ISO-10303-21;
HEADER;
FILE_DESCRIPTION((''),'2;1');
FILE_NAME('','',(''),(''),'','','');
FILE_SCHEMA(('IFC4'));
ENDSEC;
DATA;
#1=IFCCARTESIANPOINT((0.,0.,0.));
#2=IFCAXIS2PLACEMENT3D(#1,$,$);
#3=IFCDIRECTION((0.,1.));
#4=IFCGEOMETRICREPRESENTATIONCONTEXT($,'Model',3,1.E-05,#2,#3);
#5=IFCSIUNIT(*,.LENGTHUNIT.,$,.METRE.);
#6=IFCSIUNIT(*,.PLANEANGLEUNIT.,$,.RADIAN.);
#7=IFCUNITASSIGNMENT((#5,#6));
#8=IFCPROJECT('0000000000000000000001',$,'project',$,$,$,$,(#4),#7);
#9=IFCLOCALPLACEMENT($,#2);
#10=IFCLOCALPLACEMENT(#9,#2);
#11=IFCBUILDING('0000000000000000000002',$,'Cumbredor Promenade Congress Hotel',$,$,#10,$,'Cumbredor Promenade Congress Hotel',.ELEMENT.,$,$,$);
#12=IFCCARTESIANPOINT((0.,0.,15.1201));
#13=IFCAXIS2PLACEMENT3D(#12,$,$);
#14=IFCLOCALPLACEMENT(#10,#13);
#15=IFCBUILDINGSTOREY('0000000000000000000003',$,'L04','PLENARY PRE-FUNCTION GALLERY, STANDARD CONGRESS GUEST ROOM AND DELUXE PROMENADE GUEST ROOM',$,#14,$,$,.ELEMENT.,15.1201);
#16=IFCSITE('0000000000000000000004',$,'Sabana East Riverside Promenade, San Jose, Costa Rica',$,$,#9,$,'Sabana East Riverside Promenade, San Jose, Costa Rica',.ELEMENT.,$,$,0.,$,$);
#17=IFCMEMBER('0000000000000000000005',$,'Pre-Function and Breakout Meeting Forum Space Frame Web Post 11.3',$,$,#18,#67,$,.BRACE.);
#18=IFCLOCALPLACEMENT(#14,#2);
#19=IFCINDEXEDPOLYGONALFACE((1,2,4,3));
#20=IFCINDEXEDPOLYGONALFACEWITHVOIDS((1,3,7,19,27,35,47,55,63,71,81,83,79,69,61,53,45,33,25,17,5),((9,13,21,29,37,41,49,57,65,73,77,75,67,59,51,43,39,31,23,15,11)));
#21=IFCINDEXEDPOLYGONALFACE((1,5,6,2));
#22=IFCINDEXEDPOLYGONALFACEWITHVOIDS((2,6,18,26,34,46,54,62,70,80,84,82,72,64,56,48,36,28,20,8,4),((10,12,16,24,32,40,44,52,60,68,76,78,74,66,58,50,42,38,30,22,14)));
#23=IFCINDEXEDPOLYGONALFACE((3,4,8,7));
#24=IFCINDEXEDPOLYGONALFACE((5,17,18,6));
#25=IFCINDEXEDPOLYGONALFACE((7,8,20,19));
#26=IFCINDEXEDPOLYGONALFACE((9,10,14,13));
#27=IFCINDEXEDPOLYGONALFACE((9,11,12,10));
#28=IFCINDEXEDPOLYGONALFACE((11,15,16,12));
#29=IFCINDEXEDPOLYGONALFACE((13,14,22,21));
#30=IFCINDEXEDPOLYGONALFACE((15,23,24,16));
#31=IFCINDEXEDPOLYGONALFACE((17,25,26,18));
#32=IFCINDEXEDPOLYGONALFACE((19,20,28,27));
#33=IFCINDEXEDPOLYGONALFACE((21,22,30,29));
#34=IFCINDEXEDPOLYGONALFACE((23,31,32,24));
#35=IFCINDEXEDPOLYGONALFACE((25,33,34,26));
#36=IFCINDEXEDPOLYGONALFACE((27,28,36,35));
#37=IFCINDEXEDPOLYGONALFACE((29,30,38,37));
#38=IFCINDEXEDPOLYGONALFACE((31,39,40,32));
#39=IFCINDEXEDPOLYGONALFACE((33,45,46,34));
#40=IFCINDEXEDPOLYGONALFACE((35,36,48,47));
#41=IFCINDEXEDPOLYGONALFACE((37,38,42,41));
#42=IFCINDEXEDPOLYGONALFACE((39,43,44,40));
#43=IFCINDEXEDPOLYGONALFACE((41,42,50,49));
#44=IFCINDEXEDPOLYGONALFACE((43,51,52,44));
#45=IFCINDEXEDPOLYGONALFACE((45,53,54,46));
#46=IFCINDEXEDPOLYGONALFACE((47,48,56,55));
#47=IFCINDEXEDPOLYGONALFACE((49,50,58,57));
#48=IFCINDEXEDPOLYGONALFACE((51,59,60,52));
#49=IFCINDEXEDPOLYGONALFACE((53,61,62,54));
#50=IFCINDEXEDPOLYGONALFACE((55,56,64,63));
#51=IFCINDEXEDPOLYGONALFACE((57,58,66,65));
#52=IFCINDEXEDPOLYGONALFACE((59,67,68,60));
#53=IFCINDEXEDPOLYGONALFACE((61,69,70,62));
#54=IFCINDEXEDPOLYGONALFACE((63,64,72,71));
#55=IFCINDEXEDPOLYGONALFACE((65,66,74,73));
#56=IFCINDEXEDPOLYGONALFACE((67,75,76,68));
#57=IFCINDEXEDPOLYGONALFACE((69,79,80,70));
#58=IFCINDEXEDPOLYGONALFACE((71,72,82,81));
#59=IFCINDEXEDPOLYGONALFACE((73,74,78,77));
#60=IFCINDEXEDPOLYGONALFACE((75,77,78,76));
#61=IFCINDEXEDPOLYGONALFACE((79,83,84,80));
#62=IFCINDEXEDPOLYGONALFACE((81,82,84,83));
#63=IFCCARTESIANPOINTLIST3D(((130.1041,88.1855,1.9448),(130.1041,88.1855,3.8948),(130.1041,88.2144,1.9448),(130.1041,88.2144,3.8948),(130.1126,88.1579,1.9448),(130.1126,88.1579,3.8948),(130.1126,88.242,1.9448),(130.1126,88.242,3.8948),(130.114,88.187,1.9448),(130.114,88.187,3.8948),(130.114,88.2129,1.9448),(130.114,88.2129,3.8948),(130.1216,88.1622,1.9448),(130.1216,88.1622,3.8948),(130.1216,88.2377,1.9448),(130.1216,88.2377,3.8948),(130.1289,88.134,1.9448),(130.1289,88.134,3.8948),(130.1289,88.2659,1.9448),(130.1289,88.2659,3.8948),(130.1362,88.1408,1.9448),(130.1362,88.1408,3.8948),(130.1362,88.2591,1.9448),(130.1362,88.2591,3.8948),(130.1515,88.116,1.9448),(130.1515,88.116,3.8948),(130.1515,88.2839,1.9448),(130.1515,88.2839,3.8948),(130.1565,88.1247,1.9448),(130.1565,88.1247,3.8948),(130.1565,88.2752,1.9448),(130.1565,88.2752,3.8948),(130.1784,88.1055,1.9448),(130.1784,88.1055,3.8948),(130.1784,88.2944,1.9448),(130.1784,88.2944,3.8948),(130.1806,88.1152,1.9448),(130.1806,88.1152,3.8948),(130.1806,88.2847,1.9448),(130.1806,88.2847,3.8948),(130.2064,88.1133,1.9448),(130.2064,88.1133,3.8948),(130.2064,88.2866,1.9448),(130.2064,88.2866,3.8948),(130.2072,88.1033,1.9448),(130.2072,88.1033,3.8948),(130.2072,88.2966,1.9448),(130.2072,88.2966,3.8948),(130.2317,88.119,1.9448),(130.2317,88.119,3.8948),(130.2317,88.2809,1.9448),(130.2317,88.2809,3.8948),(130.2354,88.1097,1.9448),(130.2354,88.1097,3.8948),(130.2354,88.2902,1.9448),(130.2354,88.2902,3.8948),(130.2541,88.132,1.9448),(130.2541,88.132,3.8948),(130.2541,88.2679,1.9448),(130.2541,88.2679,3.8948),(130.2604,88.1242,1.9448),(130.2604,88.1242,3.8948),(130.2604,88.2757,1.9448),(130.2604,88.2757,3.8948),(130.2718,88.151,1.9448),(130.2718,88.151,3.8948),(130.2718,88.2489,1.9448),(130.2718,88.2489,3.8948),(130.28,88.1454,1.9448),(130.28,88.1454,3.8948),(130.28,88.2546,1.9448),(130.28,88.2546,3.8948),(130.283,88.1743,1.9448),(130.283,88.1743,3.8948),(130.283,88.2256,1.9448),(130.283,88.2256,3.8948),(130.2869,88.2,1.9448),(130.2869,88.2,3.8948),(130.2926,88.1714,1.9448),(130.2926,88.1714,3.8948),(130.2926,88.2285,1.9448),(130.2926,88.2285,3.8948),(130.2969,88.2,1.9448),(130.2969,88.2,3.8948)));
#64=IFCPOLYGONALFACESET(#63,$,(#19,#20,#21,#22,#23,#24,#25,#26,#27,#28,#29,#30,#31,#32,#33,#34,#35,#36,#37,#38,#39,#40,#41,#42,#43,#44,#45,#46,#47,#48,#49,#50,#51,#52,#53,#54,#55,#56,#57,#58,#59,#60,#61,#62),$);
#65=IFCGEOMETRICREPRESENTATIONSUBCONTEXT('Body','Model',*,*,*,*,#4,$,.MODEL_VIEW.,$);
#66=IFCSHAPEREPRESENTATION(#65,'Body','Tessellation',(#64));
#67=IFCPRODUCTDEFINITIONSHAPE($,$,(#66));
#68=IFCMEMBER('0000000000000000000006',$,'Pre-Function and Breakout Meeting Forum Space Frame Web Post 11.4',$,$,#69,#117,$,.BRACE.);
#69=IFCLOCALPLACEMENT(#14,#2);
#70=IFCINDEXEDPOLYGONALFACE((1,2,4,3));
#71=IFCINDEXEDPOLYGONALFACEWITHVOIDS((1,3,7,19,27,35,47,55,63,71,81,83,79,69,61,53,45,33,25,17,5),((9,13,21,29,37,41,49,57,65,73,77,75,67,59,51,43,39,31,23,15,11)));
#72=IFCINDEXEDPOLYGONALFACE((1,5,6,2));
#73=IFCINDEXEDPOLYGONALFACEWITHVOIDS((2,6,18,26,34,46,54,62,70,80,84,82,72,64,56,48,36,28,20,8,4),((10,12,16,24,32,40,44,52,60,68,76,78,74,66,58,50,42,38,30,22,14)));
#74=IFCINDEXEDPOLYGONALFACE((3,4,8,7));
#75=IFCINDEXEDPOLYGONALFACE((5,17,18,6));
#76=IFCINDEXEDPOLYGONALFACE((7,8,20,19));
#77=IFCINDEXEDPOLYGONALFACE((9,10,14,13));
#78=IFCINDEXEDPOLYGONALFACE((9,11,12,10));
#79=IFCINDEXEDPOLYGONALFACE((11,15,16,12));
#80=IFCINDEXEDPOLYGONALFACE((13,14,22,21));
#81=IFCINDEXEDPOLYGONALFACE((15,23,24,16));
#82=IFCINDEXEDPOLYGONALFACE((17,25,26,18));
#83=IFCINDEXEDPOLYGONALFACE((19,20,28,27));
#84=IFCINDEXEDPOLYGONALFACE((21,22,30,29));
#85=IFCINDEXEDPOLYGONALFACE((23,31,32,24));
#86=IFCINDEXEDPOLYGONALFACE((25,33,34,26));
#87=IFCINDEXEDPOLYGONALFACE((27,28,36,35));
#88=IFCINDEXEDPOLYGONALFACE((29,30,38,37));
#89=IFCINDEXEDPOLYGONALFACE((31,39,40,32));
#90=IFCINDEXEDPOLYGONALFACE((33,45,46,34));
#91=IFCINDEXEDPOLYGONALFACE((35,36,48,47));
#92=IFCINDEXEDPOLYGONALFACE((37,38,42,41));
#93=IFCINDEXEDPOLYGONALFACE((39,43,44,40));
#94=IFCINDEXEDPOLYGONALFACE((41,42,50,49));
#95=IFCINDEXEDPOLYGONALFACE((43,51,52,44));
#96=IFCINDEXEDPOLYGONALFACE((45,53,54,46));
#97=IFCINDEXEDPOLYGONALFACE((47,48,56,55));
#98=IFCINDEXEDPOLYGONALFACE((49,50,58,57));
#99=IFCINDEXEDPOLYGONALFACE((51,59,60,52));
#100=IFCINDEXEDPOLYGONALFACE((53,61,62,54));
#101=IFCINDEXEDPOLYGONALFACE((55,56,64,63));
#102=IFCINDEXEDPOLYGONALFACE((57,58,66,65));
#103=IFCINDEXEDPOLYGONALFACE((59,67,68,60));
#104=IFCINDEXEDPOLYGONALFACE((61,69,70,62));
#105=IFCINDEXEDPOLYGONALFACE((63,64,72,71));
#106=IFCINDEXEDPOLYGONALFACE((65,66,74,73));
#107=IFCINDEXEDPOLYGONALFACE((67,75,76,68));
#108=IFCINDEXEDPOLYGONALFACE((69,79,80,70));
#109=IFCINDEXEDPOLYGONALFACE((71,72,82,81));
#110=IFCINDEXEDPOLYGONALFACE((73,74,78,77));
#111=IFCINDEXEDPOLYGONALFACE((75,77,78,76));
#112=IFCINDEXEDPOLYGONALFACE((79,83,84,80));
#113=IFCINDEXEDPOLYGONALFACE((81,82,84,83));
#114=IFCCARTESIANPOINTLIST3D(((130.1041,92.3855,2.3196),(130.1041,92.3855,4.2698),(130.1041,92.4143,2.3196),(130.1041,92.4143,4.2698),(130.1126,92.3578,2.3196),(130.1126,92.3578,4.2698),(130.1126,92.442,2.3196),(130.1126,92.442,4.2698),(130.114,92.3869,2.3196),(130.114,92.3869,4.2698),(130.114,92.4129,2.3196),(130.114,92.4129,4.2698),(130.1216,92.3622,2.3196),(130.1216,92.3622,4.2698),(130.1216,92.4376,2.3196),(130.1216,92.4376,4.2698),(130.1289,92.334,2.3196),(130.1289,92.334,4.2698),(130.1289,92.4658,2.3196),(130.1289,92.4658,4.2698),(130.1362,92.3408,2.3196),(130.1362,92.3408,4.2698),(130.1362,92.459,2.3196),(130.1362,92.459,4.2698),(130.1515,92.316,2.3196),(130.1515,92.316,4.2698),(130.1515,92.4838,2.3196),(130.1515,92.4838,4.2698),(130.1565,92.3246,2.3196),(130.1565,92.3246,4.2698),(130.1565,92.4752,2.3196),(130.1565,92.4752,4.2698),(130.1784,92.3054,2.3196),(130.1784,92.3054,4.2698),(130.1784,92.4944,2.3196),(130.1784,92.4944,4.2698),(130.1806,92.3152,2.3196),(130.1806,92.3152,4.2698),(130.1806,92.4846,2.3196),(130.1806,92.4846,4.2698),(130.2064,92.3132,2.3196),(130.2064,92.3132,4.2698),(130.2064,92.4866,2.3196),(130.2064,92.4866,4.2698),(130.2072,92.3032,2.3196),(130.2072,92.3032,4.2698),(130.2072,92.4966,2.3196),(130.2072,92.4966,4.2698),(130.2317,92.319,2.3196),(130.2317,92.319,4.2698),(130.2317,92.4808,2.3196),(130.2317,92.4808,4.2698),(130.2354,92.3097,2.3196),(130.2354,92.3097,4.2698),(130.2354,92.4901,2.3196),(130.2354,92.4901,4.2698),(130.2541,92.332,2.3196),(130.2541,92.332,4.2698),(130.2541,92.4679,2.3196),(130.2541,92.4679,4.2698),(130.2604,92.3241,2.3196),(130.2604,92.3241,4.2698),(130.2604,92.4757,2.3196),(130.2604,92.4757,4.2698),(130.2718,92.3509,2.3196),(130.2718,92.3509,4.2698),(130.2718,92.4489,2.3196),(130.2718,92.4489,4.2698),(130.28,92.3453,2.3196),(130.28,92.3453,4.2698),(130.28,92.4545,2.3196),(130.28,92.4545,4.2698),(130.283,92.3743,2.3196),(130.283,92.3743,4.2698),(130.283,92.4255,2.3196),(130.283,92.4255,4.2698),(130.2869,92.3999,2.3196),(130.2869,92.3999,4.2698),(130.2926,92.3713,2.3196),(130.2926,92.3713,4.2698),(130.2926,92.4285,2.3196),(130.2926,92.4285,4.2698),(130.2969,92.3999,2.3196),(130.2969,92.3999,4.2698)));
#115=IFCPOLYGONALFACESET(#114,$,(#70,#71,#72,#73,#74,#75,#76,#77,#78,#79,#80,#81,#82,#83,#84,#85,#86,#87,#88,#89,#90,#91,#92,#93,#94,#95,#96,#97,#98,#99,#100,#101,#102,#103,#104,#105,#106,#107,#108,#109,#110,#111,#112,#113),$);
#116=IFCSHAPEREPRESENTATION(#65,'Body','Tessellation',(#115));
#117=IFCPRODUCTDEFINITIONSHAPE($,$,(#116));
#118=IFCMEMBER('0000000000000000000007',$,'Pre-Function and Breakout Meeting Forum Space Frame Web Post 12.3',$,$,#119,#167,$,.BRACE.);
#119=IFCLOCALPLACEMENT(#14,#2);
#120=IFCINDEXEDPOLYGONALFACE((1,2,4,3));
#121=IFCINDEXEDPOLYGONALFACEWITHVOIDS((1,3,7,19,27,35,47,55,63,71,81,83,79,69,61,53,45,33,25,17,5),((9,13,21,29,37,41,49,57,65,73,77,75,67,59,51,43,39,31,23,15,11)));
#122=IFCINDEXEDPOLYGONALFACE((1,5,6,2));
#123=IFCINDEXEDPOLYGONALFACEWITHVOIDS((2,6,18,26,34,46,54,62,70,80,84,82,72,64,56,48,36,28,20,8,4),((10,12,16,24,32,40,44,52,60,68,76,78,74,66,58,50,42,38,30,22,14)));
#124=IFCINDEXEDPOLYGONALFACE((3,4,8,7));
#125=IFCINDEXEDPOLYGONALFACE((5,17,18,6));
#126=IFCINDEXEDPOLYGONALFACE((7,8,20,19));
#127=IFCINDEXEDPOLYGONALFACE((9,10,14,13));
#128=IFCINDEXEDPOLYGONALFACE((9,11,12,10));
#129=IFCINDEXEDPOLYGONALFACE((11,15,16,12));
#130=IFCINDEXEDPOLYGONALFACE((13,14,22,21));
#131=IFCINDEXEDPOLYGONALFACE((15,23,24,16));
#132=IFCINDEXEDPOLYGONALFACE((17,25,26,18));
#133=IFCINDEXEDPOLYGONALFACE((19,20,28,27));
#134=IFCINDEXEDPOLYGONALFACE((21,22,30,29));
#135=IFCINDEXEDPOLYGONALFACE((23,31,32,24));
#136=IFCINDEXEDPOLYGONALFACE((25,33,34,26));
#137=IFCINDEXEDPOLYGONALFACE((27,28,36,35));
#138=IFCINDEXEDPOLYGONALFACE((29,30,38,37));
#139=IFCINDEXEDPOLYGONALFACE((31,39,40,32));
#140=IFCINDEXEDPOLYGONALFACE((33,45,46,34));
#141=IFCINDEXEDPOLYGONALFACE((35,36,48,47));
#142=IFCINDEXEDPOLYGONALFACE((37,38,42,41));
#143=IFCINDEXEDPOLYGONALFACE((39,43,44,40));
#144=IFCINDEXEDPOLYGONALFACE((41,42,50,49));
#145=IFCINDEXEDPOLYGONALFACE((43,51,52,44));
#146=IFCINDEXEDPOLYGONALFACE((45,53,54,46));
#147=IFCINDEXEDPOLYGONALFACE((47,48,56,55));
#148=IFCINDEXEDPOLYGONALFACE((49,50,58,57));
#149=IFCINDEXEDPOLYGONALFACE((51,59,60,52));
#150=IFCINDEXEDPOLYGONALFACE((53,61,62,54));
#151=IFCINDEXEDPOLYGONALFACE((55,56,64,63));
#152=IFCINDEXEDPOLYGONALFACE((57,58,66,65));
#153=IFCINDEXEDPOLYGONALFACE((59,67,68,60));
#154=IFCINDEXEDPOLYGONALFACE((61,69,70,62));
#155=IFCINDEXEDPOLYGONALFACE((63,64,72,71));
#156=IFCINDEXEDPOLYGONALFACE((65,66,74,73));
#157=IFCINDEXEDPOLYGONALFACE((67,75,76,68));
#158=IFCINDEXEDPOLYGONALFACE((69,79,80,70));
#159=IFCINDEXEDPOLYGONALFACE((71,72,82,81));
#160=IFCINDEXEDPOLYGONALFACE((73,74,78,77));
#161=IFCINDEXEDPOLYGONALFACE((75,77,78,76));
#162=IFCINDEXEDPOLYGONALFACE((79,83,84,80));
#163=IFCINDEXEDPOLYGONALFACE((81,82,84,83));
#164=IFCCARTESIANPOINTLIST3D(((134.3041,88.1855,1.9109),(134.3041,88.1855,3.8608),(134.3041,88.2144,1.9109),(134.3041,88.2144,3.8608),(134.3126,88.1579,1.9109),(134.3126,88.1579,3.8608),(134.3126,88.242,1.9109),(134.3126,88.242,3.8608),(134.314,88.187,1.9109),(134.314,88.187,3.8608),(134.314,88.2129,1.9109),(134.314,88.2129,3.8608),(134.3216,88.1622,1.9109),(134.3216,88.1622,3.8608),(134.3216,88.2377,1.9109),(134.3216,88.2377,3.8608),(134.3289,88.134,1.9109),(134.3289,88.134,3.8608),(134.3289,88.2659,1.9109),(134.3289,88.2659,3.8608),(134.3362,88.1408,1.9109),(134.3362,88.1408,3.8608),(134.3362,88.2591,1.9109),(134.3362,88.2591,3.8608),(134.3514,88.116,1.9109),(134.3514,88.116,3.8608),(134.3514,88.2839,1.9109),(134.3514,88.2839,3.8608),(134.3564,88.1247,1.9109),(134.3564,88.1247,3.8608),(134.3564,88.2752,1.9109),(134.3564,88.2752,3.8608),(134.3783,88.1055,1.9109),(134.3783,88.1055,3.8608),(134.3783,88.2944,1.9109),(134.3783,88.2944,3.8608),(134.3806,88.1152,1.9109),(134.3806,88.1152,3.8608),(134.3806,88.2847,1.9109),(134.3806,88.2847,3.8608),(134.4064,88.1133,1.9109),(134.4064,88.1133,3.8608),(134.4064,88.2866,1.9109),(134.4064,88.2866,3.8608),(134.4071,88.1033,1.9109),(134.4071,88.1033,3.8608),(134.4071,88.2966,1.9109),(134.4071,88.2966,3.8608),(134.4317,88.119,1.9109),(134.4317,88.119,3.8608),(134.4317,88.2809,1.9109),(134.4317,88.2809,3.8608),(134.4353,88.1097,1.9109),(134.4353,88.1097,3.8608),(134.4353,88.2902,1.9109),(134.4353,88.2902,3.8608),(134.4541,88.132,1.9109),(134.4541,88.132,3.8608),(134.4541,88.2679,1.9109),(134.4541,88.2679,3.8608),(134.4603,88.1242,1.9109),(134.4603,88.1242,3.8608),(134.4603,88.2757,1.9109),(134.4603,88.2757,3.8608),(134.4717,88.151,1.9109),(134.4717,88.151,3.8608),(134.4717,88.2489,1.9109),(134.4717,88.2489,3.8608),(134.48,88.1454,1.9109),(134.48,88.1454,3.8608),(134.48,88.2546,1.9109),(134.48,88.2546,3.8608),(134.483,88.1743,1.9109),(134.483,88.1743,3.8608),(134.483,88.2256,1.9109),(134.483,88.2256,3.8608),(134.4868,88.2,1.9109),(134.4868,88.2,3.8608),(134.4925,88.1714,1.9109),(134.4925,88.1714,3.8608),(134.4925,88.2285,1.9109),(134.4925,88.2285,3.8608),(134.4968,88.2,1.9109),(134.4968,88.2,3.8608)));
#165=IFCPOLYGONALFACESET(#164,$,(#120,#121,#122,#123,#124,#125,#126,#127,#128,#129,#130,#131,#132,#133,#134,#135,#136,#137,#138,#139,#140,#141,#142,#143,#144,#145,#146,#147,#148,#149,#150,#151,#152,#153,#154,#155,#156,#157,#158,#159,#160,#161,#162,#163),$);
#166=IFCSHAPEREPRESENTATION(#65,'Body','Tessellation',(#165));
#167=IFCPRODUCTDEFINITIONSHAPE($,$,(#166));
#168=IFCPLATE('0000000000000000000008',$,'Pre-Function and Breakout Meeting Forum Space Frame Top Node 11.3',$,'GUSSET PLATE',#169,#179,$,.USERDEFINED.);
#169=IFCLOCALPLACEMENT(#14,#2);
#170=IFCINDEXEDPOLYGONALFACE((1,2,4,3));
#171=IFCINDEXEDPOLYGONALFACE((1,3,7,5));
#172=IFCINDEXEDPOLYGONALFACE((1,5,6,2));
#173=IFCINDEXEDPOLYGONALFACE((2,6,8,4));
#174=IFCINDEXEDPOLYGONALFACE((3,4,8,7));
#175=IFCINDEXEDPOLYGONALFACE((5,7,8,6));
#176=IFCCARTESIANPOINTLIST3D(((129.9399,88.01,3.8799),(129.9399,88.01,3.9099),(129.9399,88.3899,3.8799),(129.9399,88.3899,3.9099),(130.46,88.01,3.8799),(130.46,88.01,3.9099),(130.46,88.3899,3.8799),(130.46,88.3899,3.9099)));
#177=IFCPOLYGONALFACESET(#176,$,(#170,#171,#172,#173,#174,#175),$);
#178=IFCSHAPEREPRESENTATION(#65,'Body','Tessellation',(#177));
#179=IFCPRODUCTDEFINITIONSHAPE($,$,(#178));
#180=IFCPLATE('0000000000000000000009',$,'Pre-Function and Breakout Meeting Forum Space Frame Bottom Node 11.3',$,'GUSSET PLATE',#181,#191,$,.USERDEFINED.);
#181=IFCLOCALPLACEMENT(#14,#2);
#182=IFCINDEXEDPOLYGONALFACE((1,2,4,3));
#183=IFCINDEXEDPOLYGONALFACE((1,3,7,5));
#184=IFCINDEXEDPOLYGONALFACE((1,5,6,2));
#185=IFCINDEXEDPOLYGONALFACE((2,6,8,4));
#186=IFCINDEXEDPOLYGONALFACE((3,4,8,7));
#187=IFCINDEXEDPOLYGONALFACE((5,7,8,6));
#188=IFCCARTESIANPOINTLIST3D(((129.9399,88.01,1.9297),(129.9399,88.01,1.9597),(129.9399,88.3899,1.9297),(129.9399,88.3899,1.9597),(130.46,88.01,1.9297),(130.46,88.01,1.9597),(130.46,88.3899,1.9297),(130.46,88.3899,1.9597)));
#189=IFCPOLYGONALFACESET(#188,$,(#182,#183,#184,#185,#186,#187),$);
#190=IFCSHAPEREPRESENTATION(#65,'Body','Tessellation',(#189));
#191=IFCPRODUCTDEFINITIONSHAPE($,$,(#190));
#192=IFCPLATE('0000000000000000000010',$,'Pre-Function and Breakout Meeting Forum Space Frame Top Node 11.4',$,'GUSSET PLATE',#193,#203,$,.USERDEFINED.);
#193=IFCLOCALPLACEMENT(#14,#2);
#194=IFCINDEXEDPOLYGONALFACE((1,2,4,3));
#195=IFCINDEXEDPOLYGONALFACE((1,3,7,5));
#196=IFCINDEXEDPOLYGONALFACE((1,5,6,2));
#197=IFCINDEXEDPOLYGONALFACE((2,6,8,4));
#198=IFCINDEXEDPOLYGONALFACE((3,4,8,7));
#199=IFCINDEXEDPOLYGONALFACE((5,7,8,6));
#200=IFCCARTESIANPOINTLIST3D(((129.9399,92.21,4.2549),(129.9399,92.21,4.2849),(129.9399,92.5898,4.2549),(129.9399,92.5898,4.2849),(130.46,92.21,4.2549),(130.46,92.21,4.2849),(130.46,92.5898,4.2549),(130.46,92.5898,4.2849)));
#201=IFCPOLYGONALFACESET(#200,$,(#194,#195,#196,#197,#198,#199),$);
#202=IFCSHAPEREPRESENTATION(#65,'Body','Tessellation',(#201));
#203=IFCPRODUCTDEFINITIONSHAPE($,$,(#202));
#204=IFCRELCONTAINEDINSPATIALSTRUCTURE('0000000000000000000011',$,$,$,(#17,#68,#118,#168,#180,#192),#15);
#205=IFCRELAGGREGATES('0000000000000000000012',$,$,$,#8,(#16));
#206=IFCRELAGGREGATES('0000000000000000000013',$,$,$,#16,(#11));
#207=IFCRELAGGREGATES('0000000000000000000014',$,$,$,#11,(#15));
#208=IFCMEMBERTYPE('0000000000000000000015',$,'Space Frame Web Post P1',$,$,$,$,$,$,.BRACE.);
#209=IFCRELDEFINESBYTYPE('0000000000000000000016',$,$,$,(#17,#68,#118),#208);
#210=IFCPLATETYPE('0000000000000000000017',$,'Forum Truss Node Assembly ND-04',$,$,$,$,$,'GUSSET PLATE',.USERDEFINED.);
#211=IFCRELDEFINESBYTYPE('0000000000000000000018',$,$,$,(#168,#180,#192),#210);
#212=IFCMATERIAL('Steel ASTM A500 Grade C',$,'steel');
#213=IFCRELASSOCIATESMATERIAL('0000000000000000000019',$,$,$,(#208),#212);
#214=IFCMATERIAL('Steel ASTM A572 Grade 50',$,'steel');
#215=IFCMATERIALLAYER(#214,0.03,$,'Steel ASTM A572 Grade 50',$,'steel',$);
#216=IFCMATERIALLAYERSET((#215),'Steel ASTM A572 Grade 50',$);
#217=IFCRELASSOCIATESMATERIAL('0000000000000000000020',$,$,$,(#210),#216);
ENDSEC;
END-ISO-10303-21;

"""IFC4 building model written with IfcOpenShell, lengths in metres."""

from ifc_helpers import new_model, si_unit, direction, frame, origin, origin_2d, place, context, subcontext, project, spatial, rectangle, hollow_circle, extrude, material, layer, layer_set, material_profile, profile_set, type_object, element, save


model = new_model("IFC4")

# Units and contexts
model_context = context("Model", 3, precision=1e-05, world=origin(), true_north=direction((0.0, 1.0)))
body_context = subcontext(model_context, "Body", "Model", "MODEL_VIEW")
ifc_project = project(units=[si_unit("LENGTHUNIT", "METRE"), si_unit("PLANEANGLEUNIT", "RADIAN")], contexts=[model_context])

# Site, building, storey
site_placement = place(None, origin())
site = spatial("IfcSite", under=ifc_project, at=site_placement, Name="Sabana East Riverside Promenade, San Jose, Costa Rica", LongName="Sabana East Riverside Promenade, San Jose, Costa Rica", CompositionType="ELEMENT", RefElevation=0.0)
building_placement = place(site_placement, origin())
building = spatial("IfcBuilding", under=site, at=building_placement, Name="Cumbredor Promenade Congress Hotel", LongName="Cumbredor Promenade Congress Hotel", CompositionType="ELEMENT")
storey_placement = place(building_placement, frame((0.0, 0.0, 15.1201)))
storey = spatial("IfcBuildingStorey", under=building, at=storey_placement, Name="L04", Description="PLENARY PRE-FUNCTION GALLERY, STANDARD CONGRESS GUEST ROOM AND DELUXE PROMENADE GUEST ROOM", CompositionType="ELEMENT", Elevation=15.1201)

# Members
ifc_material_1 = material(Name="Steel ASTM A500 Grade C", Category="steel")
ifc_material_profile_1 = material_profile(ifc_material_1, hollow_circle(Radius=0.0969, WallThickness=0.01, at=origin_2d()), Name="CHS 193.7x10")
ifc_profile_set_1 = profile_set([ifc_material_profile_1], Name="Steel ASTM A500 Grade C")
member_type_1 = type_object("IfcMemberType", Name="Space Frame Web Post P1", PredefinedType="BRACE", material=ifc_profile_set_1)
member_1_placement = place(storey_placement, frame((130.2, 88.2, 1.9448), z_axis=(0.0, 0.0, 1.0), x_axis=(1.0, 0.0, 0.0)))
element("IfcMember", 1, at=member_1_placement, inside=storey, type_object=member_type_1, Name="Pre-Function and Breakout Meeting Forum Space Frame Web Post 11.3", PredefinedType="BRACE", context=body_context, shape_type="SweptSolid", body=[
    extrude(hollow_circle(Radius=0.0969, WallThickness=0.01, at=origin_2d()), origin(), (0.0, 0.0, 1.0), 1.95),
])
member_2_placement = place(storey_placement, frame((130.2, 92.3999, 2.3196), z_axis=(0.0, 0.0, 1.0), x_axis=(1.0, 0.0, 0.0)))
element("IfcMember", 2, at=member_2_placement, inside=storey, type_object=member_type_1, Name="Pre-Function and Breakout Meeting Forum Space Frame Web Post 11.4", PredefinedType="BRACE", context=body_context, shape_type="SweptSolid", body=[
    extrude(hollow_circle(Radius=0.0969, WallThickness=0.01, at=origin_2d()), origin(), (0.0, 0.0, 1.0), 1.9502),
])
member_3_placement = place(storey_placement, frame((134.3999, 88.2, 1.9109), z_axis=(0.0, 0.0, 1.0), x_axis=(1.0, 0.0, 0.0)))
element("IfcMember", 3, at=member_3_placement, inside=storey, type_object=member_type_1, Name="Pre-Function and Breakout Meeting Forum Space Frame Web Post 12.3", PredefinedType="BRACE", context=body_context, shape_type="SweptSolid", body=[
    extrude(hollow_circle(Radius=0.0969, WallThickness=0.01, at=origin_2d()), origin(), (0.0, 0.0, 1.0), 1.95),
])

# Plates
ifc_material_2 = material(Name="Steel ASTM A572 Grade 50", Category="steel")
ifc_layer = layer(ifc_material_2, 0.03, Name="Steel ASTM A572 Grade 50", Category="steel")
ifc_layer_set = layer_set([ifc_layer], Name="Steel ASTM A572 Grade 50")
plate_type = type_object("IfcPlateType", Name="Forum Truss Node Assembly ND-04", ElementType="GUSSET PLATE", PredefinedType="USERDEFINED", material=ifc_layer_set)
for number, where, z_axis, x_axis, name in (
    (4, (130.2, 88.2, 3.8799), (0.0, 0.0, 1.0), (1.0, 0.0, 0.0), "Pre-Function and Breakout Meeting Forum Space Frame Top Node 11.3"),
    (5, (130.2, 88.2, 1.9297), (0.0, 0.0, 1.0), (1.0, 0.0, 0.0), "Pre-Function and Breakout Meeting Forum Space Frame Bottom Node 11.3"),
    (6, (130.2, 92.3999, 4.2549), (0.0, 0.0, 1.0), (1.0, 0.0, 0.0), "Pre-Function and Breakout Meeting Forum Space Frame Top Node 11.4"),
):
    element("IfcPlate", number, at=place(storey_placement, frame(where, z_axis=z_axis, x_axis=x_axis)), inside=storey, type_object=plate_type, Name=name, ObjectType="GUSSET PLATE", PredefinedType="USERDEFINED", context=body_context, shape_type="SweptSolid", body=[
        extrude(rectangle(XDim=0.52, YDim=0.3799, at=origin_2d()), origin(), (0.0, 0.0, 1.0), 0.03),
    ])

save(model, "model.ifc")
